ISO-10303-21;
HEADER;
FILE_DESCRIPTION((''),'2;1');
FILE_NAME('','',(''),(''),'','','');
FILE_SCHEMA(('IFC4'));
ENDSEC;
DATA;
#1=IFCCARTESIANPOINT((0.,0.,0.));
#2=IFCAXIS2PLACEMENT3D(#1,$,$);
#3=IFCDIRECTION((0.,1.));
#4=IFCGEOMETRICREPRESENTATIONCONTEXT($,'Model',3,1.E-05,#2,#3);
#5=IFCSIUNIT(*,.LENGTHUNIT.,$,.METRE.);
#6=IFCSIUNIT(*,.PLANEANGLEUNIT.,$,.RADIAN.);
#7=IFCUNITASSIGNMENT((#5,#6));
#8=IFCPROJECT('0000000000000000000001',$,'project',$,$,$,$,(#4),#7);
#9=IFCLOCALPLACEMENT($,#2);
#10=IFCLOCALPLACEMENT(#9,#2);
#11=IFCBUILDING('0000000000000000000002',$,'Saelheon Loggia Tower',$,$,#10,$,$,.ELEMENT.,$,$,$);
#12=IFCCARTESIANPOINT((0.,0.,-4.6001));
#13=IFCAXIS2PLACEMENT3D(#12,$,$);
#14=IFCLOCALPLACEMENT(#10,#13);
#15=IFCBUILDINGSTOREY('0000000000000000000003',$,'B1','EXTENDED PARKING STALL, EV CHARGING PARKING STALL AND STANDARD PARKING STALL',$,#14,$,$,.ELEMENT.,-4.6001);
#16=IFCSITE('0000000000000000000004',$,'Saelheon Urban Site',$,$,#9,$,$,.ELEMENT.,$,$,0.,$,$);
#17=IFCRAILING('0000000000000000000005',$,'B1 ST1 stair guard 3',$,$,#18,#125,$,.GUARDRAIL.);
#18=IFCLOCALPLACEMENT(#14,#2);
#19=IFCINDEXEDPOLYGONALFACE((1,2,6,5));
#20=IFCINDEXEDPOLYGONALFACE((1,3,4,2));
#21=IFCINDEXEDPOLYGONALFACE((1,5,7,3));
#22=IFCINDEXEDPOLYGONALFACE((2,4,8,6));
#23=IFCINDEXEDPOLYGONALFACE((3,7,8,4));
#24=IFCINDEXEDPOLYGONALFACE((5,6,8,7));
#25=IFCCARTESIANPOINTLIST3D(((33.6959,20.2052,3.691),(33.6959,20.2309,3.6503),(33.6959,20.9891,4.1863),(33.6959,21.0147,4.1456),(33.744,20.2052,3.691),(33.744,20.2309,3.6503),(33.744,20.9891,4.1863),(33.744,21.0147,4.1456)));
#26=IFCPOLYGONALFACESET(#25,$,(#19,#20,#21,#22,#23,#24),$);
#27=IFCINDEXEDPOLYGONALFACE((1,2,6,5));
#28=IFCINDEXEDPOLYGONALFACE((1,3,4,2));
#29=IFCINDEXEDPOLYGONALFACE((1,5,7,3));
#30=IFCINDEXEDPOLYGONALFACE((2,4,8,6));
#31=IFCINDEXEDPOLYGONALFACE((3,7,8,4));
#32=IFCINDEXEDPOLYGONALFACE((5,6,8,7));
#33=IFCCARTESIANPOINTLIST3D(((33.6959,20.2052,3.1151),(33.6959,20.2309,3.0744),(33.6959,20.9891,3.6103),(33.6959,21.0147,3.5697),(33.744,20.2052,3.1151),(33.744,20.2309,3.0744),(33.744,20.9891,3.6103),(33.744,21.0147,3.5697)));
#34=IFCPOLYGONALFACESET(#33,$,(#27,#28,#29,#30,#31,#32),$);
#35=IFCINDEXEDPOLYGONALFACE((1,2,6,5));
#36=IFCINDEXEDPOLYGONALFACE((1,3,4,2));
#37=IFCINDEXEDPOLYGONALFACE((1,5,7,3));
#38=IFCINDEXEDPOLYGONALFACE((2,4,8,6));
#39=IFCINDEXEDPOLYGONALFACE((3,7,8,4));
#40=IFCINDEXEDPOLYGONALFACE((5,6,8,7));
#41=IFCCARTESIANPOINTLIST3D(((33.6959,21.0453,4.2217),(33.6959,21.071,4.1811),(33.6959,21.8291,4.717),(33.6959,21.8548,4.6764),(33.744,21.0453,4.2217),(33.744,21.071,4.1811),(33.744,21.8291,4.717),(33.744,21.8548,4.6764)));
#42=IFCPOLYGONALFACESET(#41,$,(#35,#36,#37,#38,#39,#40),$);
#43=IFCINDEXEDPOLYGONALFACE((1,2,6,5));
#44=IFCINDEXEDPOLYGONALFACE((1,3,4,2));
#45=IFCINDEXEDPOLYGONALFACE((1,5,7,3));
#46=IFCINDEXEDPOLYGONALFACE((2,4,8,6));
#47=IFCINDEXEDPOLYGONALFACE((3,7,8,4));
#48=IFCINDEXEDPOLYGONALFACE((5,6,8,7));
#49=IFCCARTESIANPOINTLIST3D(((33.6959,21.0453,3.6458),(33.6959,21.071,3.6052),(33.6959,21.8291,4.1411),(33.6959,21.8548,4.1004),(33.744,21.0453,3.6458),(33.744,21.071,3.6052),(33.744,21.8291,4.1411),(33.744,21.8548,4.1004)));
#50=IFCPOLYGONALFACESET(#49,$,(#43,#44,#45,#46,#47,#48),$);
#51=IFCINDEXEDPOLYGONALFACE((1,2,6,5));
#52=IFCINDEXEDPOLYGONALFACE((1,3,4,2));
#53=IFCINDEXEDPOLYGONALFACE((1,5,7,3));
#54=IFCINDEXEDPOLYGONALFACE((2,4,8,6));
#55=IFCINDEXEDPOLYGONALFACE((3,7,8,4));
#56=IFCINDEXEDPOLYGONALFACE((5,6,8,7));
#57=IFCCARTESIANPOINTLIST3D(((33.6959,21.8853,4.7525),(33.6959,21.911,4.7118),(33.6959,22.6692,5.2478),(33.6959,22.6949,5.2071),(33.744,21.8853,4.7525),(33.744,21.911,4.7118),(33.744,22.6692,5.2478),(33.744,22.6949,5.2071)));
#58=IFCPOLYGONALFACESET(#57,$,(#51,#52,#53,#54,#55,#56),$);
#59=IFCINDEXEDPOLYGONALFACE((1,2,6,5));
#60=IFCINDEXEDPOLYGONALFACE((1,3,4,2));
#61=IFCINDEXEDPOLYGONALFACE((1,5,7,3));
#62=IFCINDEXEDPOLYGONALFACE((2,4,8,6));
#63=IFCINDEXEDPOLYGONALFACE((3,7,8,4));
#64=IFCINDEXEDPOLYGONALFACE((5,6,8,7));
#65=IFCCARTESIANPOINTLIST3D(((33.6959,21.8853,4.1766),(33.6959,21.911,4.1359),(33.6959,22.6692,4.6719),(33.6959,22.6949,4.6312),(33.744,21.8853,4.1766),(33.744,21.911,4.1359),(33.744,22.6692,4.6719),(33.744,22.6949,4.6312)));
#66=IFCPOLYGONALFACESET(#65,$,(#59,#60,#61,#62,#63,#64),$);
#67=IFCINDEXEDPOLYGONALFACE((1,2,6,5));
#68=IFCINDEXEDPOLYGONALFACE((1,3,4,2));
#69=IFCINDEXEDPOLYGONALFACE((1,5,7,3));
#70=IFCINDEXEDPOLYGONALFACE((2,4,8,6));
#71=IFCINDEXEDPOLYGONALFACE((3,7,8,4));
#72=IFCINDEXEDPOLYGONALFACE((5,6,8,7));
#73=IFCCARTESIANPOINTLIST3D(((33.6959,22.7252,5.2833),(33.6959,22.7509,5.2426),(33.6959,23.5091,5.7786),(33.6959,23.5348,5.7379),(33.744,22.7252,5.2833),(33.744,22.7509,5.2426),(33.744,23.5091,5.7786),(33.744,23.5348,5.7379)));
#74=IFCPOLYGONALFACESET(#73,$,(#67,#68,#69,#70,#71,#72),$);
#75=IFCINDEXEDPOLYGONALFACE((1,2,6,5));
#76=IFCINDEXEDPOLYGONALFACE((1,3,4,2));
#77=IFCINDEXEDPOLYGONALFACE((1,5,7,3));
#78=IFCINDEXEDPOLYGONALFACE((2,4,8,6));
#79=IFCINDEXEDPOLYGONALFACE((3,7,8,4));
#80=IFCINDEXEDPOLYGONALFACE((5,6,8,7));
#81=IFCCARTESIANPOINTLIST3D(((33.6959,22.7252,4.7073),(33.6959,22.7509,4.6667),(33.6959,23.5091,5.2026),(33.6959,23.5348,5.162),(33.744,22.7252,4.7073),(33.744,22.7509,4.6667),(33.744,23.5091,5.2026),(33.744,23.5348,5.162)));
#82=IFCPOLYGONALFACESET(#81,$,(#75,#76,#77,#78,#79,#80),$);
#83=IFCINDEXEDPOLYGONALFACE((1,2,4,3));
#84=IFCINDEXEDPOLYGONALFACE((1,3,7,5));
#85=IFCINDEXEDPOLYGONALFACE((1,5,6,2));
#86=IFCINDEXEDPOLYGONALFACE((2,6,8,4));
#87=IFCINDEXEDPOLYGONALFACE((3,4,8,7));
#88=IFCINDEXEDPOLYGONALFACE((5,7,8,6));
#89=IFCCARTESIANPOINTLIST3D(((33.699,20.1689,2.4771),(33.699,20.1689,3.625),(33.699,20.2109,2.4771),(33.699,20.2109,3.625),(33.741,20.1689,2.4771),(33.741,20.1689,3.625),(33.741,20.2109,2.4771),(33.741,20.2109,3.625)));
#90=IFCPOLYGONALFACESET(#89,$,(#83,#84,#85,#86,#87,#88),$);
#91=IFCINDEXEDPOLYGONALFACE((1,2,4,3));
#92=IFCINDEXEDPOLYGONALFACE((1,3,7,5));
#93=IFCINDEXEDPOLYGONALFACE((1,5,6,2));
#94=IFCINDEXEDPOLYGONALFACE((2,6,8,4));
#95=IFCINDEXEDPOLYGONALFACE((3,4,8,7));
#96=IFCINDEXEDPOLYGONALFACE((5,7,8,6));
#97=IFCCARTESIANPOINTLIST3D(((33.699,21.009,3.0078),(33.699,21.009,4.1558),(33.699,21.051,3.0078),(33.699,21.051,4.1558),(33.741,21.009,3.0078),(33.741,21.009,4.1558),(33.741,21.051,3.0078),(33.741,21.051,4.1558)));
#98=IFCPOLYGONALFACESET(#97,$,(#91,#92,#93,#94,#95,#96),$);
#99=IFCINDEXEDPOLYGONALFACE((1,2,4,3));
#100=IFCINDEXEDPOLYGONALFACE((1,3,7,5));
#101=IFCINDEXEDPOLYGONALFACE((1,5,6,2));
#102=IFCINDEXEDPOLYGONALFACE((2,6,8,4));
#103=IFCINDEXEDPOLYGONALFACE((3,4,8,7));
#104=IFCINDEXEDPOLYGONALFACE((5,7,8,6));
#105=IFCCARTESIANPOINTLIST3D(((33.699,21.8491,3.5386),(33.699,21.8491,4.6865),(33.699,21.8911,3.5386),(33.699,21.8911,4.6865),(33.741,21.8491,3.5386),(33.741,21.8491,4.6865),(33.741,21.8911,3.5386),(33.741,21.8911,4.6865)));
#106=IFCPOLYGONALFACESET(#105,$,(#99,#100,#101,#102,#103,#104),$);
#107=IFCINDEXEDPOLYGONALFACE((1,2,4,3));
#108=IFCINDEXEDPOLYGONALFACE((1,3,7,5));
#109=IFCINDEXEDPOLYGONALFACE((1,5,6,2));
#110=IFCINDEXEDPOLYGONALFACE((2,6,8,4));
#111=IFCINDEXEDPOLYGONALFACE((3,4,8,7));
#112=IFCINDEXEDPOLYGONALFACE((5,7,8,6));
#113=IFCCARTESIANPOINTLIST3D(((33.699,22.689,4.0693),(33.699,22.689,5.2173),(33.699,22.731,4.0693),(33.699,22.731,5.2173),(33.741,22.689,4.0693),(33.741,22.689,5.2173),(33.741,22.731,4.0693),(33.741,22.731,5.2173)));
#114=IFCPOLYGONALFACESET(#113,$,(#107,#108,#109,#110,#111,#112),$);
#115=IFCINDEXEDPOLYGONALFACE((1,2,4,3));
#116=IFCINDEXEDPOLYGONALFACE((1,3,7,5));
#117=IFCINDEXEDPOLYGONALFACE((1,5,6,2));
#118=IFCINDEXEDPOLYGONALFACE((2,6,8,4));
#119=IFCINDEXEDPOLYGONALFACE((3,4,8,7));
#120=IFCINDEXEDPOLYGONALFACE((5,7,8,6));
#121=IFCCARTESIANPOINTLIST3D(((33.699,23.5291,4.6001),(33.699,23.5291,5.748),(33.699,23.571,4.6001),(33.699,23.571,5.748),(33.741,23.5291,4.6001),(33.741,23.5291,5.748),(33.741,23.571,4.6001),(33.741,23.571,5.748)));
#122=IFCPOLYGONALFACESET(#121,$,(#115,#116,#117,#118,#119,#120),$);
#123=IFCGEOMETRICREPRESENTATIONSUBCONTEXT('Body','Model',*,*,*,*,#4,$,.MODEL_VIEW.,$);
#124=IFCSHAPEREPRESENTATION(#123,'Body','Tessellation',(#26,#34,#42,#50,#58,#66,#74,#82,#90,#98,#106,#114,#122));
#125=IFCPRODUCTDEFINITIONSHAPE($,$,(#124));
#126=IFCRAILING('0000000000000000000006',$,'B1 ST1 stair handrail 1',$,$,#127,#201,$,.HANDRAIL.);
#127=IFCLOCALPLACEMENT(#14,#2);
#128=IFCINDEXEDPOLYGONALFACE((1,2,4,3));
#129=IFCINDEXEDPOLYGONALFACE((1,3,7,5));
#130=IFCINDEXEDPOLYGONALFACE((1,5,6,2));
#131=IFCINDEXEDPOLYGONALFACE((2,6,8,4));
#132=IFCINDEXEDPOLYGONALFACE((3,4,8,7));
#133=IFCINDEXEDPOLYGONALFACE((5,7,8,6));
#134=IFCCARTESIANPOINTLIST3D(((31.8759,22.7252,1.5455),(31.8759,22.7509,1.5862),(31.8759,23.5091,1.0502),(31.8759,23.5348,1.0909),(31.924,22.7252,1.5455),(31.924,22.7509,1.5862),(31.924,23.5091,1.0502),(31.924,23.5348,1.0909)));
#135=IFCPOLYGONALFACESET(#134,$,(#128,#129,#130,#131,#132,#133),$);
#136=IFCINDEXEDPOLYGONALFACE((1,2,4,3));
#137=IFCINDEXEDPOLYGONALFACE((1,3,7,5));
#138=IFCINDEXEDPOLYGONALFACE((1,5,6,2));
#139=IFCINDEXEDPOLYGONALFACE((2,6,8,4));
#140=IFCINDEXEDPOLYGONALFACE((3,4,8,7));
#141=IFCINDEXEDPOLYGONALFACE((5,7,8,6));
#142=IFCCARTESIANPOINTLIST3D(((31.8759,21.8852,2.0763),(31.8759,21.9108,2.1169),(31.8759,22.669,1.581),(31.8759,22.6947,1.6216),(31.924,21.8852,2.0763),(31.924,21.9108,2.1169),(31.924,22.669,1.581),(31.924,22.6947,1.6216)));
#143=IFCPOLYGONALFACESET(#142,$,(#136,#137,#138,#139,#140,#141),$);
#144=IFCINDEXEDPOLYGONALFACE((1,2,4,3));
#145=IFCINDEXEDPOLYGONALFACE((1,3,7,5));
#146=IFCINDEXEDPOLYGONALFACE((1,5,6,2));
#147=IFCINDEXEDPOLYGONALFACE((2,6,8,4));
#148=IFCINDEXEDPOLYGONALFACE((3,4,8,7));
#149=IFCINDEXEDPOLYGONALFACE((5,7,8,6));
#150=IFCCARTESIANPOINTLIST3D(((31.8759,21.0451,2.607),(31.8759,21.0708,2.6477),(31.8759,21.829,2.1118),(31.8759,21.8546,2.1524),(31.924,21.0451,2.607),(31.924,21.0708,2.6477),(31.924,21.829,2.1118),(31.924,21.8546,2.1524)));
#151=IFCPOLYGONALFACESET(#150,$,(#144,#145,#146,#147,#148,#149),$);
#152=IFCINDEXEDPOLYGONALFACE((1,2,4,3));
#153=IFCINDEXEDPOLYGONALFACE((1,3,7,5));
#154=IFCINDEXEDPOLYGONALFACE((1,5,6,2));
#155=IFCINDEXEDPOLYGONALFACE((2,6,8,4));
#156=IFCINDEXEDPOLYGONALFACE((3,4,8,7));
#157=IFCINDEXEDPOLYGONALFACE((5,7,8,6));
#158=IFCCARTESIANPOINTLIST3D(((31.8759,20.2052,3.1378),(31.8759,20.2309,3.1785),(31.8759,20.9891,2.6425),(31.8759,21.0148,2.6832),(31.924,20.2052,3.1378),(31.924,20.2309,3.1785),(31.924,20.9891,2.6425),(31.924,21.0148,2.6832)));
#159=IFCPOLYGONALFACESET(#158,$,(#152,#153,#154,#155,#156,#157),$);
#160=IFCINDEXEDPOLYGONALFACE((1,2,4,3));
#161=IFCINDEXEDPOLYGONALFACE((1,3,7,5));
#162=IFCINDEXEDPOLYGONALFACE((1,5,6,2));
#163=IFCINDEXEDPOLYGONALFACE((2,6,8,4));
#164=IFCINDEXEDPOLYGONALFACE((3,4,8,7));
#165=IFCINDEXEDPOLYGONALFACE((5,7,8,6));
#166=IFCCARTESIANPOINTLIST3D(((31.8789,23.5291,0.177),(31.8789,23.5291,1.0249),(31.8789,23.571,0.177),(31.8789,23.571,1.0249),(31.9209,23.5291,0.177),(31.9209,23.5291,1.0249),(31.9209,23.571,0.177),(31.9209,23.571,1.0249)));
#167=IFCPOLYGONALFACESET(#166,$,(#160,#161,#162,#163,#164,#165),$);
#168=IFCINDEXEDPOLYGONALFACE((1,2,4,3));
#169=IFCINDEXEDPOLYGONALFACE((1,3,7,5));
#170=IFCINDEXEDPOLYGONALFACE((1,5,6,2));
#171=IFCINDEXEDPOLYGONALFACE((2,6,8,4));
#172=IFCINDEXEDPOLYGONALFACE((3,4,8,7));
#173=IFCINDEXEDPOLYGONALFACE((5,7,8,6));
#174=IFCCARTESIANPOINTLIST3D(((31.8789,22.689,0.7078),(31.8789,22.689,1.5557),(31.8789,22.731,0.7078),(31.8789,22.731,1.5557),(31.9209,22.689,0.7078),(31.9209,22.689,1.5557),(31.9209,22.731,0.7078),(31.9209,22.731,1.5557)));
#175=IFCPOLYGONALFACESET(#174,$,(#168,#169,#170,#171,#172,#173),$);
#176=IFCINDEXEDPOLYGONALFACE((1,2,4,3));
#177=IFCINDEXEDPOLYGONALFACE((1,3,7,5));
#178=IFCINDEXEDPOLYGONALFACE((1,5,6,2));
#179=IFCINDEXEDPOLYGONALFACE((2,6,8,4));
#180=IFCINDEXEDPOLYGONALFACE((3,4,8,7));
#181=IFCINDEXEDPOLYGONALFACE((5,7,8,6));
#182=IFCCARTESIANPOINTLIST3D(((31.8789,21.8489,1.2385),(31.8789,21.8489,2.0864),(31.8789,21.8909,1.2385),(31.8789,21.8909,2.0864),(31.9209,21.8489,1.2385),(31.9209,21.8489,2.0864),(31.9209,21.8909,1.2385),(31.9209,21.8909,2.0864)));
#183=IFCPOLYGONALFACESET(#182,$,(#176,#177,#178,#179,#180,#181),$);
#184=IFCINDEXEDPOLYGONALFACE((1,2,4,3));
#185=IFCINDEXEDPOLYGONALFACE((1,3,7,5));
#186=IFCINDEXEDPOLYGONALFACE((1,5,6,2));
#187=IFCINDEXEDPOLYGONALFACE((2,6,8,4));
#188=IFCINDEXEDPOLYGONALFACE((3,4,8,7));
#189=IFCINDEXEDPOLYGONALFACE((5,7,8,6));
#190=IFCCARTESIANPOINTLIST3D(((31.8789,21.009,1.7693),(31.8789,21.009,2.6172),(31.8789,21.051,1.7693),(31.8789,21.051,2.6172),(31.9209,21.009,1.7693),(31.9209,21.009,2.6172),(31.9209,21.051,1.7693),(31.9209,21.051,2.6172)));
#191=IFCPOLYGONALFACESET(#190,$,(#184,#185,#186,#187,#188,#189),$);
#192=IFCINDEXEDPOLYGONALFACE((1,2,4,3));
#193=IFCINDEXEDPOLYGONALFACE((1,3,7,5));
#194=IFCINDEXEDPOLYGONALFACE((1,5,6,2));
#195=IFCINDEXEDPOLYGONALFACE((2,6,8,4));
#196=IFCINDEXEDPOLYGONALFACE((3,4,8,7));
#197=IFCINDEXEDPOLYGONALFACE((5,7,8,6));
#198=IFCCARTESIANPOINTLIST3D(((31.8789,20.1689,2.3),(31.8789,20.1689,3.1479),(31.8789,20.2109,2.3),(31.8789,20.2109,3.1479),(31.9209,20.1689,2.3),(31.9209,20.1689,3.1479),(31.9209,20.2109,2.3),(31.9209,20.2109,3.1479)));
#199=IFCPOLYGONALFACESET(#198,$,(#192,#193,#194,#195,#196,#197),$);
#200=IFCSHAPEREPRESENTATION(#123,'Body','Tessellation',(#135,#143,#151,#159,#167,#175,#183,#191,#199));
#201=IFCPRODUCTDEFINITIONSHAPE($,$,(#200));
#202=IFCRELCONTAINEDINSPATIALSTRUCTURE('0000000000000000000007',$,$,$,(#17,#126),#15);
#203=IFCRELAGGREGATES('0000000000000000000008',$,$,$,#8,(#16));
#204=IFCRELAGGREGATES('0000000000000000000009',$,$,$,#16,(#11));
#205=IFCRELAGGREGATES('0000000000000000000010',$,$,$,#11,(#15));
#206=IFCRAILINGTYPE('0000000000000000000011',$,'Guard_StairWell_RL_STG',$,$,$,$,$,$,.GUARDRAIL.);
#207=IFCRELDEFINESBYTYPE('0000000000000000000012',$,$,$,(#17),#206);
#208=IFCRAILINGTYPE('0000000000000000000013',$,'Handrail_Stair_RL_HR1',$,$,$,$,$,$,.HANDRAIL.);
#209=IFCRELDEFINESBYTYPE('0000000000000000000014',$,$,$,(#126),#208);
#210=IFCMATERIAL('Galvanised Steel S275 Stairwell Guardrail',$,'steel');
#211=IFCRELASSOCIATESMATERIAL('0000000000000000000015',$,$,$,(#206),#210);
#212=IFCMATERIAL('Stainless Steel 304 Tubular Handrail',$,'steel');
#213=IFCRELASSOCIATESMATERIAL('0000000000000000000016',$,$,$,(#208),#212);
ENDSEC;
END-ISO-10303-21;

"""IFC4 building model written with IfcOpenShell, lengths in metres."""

from ifc_helpers import new_model, si_unit, direction, frame, origin, origin_2d, place, context, subcontext, project, spatial, rectangle, extrude, material, type_object, element, save


model = new_model("IFC4")

# Units and contexts
model_context = context("Model", 3, precision=1e-05, world=origin(), true_north=direction((0.0, 1.0)))
body_context = subcontext(model_context, "Body", "Model", "MODEL_VIEW")
ifc_project = project(units=[si_unit("LENGTHUNIT", "METRE"), si_unit("PLANEANGLEUNIT", "RADIAN")], contexts=[model_context])

# Site, building, storey
site_placement = place(None, origin())
site = spatial("IfcSite", under=ifc_project, at=site_placement, Name="Saelheon Urban Site", CompositionType="ELEMENT", RefElevation=0.0)
building_placement = place(site_placement, origin())
building = spatial("IfcBuilding", under=site, at=building_placement, Name="Saelheon Loggia Tower", CompositionType="ELEMENT")
storey_placement = place(building_placement, frame((0.0, 0.0, -4.6001)))
storey = spatial("IfcBuildingStorey", under=building, at=storey_placement, Name="B1", Description="EXTENDED PARKING STALL, EV CHARGING PARKING STALL AND STANDARD PARKING STALL", CompositionType="ELEMENT", Elevation=-4.6001)

# Railings
ifc_material_1 = material(Name="Galvanised Steel S275 Stairwell Guardrail", Category="steel")
railing_type_1 = type_object("IfcRailingType", Name="Guard_StairWell_RL_STG", PredefinedType="GUARDRAIL", material=ifc_material_1)
railing_1_placement = place(storey_placement, frame((33.72, 20.1899, 2.4771)))
element("IfcRailing", 1, at=railing_1_placement, inside=storey, type_object=railing_type_1, Name="B1 ST1 stair guard 3", PredefinedType="GUARDRAIL", context=body_context, shape_type="SweptSolid", body=[
    extrude(rectangle(XDim=0.0481, YDim=0.0481, at=origin_2d()), frame((0.0, 0.0281, 1.1936), z_axis=(0.0, 0.84539, 0.53415), x_axis=(-1.0, 0.0, 0.0)), (0.0, 0.0, 1.0), 0.9272),
    extrude(rectangle(XDim=0.0481, YDim=0.0481, at=origin_2d()), frame((0.0, 0.0281, 0.6177), z_axis=(0.0, 0.84539, 0.53415), x_axis=(-1.0, 0.0, 0.0)), (0.0, 0.0, 1.0), 0.9272),
    extrude(rectangle(XDim=0.0481, YDim=0.0481, at=origin_2d()), frame((0.0, 0.8682, 1.7244), z_axis=(0.0, 0.84539, 0.53415), x_axis=(-1.0, 0.0, 0.0)), (0.0, 0.0, 1.0), 0.9272),
    extrude(rectangle(XDim=0.0481, YDim=0.0481, at=origin_2d()), frame((0.0, 0.8682, 1.1484), z_axis=(0.0, 0.84539, 0.53415), x_axis=(-1.0, 0.0, 0.0)), (0.0, 0.0, 1.0), 0.9272),
    extrude(rectangle(XDim=0.0481, YDim=0.0481, at=origin_2d()), frame((0.0, 1.7083, 2.2551), z_axis=(0.0, 0.84539, 0.53415), x_axis=(-1.0, 0.0, 0.0)), (0.0, 0.0, 1.0), 0.9272),
    extrude(rectangle(XDim=0.0481, YDim=0.0481, at=origin_2d()), frame((0.0, 1.7083, 1.6792), z_axis=(0.0, 0.84539, 0.53415), x_axis=(-1.0, 0.0, 0.0)), (0.0, 0.0, 1.0), 0.9272),
    extrude(rectangle(XDim=0.0481, YDim=0.0481, at=origin_2d()), frame((0.0, 2.5481, 2.7859), z_axis=(0.0, 0.84539, 0.53415), x_axis=(-1.0, 0.0, 0.0)), (0.0, 0.0, 1.0), 0.9272),
    extrude(rectangle(XDim=0.0481, YDim=0.0481, at=origin_2d()), frame((0.0, 2.5481, 2.21), z_axis=(0.0, 0.84539, 0.53415), x_axis=(-1.0, 0.0, 0.0)), (0.0, 0.0, 1.0), 0.9272),
    extrude(rectangle(XDim=0.042, YDim=0.042, at=origin_2d()), origin(), (0.0, 0.0, 1.0), 1.1479),
    extrude(rectangle(XDim=0.042, YDim=0.042, at=origin_2d()), frame((0.0, 0.8401, 0.5308)), (0.0, 0.0, 1.0), 1.1479),
    extrude(rectangle(XDim=0.042, YDim=0.042, at=origin_2d()), frame((0.0, 1.6802, 1.0615)), (0.0, 0.0, 1.0), 1.1479),
    extrude(rectangle(XDim=0.042, YDim=0.042, at=origin_2d()), frame((0.0, 2.52, 1.5923)), (0.0, 0.0, 1.0), 1.1479),
    extrude(rectangle(XDim=0.042, YDim=0.042, at=origin_2d()), frame((0.0, 3.3601, 2.123)), (0.0, 0.0, 1.0), 1.1479),
])
ifc_material_2 = material(Name="Stainless Steel 304 Tubular Handrail", Category="steel")
railing_type_2 = type_object("IfcRailingType", Name="Handrail_Stair_RL_HR1", PredefinedType="HANDRAIL", material=ifc_material_2)
railing_2_placement = place(storey_placement, frame((31.8999, 23.55, 0.177)))
element("IfcRailing", 2, at=railing_2_placement, inside=storey, type_object=railing_type_2, Name="B1 ST1 stair handrail 1", PredefinedType="HANDRAIL", context=body_context, shape_type="SweptSolid", body=[
    extrude(rectangle(XDim=0.0481, YDim=0.0481, at=origin_2d()), frame((0.0, -0.0281, 0.8936), z_axis=(0.0, -0.84539, 0.53415), x_axis=(1.0, 0.0, 0.0)), (0.0, 0.0, 1.0), 0.9272),
    extrude(rectangle(XDim=0.0481, YDim=0.0481, at=origin_2d()), frame((0.0, -0.8682, 1.4243), z_axis=(0.0, -0.84539, 0.53415), x_axis=(1.0, 0.0, 0.0)), (0.0, 0.0, 1.0), 0.9272),
    extrude(rectangle(XDim=0.0481, YDim=0.0481, at=origin_2d()), frame((0.0, -1.7083, 1.9551), z_axis=(0.0, -0.84539, 0.53415), x_axis=(1.0, 0.0, 0.0)), (0.0, 0.0, 1.0), 0.9272),
    extrude(rectangle(XDim=0.0481, YDim=0.0481, at=origin_2d()), frame((0.0, -2.5481, 2.4858), z_axis=(0.0, -0.84539, 0.53415), x_axis=(1.0, 0.0, 0.0)), (0.0, 0.0, 1.0), 0.9272),
    extrude(rectangle(XDim=0.042, YDim=0.042, at=origin_2d()), origin(), (0.0, 0.0, 1.0), 0.8479),
    extrude(rectangle(XDim=0.042, YDim=0.042, at=origin_2d()), frame((0.0, -0.8401, 0.5308)), (0.0, 0.0, 1.0), 0.8479),
    extrude(rectangle(XDim=0.042, YDim=0.042, at=origin_2d()), frame((0.0, -1.6802, 1.0615)), (0.0, 0.0, 1.0), 0.8479),
    extrude(rectangle(XDim=0.042, YDim=0.042, at=origin_2d()), frame((0.0, -2.52, 1.5923)), (0.0, 0.0, 1.0), 0.8479),
    extrude(rectangle(XDim=0.042, YDim=0.042, at=origin_2d()), frame((0.0, -3.3601, 2.123)), (0.0, 0.0, 1.0), 0.8479),
])

save(model, "model.ifc")
